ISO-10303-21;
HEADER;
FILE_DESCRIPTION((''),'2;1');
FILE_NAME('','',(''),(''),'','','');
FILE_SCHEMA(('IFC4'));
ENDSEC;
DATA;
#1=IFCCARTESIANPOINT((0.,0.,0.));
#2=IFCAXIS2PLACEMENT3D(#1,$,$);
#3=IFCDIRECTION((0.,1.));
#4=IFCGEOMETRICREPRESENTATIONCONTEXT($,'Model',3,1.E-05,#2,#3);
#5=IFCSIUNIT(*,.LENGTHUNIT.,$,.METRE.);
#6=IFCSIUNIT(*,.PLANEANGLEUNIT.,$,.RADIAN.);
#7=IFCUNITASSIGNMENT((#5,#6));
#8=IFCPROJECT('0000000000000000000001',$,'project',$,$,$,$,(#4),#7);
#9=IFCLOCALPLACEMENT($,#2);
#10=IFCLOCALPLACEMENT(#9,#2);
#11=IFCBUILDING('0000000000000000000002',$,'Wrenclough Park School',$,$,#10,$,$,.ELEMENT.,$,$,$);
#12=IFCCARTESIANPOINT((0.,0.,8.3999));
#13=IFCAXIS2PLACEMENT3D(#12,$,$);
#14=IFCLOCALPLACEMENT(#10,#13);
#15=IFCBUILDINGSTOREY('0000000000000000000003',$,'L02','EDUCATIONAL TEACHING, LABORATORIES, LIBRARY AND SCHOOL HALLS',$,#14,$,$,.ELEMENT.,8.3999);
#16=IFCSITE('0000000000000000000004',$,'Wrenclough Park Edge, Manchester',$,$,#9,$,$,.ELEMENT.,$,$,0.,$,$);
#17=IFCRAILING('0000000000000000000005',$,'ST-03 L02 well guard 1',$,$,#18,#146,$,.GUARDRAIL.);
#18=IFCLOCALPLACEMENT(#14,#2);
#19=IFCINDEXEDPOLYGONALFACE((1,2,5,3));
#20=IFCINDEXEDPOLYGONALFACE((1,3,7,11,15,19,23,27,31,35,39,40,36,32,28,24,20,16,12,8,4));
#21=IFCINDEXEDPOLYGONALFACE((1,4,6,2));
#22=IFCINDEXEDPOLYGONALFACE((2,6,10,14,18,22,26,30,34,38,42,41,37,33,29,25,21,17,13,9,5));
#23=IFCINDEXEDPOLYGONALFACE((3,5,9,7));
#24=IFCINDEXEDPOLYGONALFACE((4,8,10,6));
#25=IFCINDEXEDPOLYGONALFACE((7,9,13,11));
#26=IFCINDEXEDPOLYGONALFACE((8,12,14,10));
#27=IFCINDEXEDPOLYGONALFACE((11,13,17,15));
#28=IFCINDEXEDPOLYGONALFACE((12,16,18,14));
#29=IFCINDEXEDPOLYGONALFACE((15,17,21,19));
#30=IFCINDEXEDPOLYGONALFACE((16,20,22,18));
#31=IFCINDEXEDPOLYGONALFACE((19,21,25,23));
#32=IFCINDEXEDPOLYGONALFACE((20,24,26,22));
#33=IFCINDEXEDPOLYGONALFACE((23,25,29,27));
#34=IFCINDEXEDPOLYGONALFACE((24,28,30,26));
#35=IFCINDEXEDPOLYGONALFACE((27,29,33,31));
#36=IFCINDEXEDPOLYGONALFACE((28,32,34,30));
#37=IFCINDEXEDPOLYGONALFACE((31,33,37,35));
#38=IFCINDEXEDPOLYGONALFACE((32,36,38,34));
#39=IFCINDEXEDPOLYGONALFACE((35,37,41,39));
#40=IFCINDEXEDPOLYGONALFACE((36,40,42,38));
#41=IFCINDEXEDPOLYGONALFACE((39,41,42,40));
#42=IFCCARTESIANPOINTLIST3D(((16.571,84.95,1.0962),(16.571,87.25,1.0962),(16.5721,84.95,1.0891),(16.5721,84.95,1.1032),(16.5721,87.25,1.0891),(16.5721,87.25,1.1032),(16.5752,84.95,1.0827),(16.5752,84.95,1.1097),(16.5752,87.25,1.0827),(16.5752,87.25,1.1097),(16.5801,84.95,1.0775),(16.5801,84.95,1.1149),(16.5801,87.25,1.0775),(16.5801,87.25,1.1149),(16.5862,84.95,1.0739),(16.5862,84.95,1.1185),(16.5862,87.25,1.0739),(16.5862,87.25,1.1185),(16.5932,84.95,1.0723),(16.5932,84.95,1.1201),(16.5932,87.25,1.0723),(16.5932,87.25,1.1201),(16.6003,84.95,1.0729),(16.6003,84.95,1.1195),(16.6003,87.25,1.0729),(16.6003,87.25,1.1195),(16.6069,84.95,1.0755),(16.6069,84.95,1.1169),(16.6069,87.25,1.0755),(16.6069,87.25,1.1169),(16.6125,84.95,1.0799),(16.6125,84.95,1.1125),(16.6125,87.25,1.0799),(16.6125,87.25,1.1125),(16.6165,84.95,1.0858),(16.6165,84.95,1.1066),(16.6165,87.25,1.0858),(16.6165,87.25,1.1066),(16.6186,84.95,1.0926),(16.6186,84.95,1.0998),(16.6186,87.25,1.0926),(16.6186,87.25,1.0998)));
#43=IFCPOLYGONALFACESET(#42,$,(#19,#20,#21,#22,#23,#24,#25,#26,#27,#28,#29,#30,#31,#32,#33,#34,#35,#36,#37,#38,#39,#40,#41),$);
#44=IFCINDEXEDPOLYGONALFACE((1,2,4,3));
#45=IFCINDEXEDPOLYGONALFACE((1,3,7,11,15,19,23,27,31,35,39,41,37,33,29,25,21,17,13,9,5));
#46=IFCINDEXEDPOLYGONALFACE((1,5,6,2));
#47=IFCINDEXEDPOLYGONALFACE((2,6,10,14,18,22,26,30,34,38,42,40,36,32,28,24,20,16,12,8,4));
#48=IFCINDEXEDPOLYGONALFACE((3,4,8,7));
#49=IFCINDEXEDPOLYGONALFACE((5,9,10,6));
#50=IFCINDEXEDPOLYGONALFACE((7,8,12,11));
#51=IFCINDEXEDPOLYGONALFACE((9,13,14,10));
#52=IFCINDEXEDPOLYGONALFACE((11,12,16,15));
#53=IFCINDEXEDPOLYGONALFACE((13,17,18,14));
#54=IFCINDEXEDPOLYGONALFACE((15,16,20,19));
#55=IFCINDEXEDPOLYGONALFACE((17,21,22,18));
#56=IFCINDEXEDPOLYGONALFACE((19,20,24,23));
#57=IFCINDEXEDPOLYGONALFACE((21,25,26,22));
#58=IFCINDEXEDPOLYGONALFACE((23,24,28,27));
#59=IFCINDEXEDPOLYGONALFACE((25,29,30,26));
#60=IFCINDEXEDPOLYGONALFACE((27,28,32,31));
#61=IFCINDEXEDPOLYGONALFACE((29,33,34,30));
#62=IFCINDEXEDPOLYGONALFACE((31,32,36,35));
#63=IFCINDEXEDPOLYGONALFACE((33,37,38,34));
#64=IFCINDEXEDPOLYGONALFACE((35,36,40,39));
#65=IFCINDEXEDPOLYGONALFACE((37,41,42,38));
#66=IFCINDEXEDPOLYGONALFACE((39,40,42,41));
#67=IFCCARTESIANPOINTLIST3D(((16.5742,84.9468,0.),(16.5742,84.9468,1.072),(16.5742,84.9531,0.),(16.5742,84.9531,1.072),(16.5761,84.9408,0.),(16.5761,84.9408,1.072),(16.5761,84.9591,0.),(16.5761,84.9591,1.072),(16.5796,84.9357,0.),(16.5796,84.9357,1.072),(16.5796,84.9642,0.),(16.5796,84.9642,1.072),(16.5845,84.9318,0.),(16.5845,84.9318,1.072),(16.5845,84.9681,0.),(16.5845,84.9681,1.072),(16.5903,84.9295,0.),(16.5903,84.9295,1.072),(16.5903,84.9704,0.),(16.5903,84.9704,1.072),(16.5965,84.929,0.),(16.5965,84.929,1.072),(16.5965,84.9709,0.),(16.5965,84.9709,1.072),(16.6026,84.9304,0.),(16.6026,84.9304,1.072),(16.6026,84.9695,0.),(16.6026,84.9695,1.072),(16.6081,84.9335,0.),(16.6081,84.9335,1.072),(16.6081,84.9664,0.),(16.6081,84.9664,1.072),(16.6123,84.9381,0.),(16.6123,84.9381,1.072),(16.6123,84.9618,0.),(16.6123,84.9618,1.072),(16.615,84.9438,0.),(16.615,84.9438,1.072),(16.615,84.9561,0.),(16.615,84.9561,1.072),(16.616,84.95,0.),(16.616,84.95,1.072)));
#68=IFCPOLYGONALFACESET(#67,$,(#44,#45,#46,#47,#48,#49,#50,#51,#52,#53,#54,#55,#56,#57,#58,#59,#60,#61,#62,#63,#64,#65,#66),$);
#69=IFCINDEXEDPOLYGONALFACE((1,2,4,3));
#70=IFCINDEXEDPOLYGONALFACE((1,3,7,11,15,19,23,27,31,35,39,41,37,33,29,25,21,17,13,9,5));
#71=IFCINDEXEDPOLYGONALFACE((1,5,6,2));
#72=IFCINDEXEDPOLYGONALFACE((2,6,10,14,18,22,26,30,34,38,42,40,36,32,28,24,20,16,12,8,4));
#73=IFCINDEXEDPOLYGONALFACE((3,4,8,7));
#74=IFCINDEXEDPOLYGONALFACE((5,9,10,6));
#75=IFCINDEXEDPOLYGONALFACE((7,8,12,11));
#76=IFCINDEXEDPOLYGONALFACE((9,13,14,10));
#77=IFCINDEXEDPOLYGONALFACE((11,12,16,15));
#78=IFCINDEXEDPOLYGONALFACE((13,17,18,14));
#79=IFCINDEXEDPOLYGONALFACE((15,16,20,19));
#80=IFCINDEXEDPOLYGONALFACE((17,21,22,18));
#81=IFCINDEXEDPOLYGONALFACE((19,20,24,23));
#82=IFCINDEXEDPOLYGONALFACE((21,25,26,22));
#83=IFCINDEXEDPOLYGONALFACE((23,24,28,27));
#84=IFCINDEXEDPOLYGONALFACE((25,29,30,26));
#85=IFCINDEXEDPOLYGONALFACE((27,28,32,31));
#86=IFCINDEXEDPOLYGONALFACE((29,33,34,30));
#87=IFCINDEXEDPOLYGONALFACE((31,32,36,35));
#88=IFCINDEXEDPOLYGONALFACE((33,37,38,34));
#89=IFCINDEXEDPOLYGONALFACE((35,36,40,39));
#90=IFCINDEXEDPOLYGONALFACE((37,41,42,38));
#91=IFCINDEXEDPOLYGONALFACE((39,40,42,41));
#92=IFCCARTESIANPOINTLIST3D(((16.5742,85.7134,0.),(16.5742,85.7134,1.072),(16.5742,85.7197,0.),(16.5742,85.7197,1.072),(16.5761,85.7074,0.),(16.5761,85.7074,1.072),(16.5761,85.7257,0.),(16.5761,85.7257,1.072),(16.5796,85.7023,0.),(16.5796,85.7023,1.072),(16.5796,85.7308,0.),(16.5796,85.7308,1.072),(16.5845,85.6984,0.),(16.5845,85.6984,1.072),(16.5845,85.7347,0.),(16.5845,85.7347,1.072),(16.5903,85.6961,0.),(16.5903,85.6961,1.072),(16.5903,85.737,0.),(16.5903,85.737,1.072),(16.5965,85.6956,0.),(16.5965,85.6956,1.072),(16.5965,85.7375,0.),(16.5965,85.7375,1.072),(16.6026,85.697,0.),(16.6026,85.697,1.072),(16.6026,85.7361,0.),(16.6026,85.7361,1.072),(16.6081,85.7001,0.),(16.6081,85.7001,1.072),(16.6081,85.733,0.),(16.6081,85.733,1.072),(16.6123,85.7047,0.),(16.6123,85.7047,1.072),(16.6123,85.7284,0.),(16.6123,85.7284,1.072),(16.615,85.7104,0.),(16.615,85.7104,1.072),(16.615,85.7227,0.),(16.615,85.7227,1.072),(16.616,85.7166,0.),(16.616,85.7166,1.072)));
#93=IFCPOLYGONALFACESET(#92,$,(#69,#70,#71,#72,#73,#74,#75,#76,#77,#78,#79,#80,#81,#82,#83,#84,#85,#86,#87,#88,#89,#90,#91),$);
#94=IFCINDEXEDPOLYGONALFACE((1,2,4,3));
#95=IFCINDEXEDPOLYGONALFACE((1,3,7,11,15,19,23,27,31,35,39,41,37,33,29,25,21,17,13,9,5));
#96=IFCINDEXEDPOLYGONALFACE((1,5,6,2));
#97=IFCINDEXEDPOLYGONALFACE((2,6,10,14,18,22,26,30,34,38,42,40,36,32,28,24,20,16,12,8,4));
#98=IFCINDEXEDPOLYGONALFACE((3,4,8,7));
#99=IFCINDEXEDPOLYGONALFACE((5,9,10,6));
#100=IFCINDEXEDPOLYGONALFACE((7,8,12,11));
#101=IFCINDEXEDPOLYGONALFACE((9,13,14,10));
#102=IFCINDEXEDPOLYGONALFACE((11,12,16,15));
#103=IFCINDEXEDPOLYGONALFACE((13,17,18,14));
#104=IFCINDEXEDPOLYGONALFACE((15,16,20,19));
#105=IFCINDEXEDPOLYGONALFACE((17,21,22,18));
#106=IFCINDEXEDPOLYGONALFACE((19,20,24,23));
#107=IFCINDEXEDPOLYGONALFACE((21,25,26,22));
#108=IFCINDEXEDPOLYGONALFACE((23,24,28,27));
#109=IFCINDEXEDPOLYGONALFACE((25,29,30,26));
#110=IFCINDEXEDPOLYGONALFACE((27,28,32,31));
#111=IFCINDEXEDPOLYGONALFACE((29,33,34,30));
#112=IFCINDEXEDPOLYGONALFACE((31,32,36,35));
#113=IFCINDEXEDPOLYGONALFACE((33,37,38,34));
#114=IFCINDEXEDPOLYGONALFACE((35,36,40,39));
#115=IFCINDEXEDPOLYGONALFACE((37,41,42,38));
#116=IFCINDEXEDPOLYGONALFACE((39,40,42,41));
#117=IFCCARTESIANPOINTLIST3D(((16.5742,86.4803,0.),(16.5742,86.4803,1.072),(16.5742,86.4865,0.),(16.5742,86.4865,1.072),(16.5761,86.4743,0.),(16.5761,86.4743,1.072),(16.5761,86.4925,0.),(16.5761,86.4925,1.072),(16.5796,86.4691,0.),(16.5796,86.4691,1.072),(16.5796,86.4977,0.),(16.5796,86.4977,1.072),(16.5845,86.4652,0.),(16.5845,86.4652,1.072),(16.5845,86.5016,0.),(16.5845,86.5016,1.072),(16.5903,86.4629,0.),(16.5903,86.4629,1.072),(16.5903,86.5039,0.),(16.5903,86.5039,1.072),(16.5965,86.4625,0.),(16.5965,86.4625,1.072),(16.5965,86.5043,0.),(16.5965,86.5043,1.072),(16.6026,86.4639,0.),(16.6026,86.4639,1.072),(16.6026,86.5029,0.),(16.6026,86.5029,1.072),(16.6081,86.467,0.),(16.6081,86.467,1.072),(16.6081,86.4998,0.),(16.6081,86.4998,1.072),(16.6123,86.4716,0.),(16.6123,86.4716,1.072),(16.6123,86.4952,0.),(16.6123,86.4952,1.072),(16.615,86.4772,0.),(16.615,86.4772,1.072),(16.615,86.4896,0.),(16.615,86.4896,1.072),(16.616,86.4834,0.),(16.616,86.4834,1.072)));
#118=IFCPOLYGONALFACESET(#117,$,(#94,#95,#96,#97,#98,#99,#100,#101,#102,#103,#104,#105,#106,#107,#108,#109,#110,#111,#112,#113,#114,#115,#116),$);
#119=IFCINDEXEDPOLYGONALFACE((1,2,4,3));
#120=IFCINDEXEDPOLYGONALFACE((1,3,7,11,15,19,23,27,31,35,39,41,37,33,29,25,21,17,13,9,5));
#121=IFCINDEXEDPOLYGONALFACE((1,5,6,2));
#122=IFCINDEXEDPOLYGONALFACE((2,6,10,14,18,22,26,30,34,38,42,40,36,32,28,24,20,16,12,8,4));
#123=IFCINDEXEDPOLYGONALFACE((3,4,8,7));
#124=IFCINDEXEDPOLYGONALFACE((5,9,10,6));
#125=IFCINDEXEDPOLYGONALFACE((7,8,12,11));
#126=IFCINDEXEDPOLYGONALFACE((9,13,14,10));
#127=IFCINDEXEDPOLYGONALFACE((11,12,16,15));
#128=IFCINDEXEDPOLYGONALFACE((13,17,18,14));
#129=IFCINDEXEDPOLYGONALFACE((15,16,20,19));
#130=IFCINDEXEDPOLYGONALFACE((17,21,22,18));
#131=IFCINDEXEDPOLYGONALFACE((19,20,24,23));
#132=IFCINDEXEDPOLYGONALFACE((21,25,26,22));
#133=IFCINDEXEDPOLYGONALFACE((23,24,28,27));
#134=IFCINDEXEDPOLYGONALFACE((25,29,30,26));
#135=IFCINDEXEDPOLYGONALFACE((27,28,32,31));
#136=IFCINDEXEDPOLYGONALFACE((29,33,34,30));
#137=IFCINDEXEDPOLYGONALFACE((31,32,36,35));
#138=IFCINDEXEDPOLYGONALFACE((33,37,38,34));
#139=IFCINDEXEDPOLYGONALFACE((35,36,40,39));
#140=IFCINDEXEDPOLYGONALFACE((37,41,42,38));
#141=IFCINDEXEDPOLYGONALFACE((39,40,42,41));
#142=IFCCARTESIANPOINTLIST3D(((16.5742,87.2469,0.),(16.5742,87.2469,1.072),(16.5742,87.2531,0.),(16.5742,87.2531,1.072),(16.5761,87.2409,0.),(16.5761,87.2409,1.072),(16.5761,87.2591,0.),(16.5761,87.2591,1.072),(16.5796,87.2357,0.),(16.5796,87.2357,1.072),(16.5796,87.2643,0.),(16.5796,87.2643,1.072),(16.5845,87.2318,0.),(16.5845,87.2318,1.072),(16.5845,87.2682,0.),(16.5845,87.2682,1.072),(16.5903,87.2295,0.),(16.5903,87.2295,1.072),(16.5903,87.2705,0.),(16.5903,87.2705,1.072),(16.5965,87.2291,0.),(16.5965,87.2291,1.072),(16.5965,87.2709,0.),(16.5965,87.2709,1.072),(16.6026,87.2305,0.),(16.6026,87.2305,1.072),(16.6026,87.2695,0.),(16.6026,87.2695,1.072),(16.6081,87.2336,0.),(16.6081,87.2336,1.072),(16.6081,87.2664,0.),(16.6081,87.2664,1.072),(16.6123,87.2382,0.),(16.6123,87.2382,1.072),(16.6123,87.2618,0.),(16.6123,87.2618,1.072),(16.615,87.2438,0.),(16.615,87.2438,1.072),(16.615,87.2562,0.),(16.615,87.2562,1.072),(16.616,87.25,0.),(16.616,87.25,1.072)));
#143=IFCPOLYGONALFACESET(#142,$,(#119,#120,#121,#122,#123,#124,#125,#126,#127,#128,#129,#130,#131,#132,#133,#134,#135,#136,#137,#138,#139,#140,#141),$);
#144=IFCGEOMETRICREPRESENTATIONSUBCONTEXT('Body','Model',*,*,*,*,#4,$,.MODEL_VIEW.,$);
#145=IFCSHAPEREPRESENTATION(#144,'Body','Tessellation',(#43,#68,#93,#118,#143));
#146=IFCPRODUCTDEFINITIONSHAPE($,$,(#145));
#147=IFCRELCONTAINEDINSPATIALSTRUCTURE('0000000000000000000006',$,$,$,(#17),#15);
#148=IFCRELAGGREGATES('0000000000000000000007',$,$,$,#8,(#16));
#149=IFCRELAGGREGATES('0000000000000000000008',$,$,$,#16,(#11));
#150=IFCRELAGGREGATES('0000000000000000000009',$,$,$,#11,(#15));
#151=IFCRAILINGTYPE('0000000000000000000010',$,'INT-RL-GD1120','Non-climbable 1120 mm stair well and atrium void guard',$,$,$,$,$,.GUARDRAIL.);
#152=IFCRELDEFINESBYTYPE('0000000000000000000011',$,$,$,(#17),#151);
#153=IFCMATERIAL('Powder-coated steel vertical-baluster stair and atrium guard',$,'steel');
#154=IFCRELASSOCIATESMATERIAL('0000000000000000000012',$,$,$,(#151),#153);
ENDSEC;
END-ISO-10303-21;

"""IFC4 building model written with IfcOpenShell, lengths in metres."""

from ifc_helpers import new_model, si_unit, direction, frame, origin, origin_2d, place, context, subcontext, project, spatial, circle, extrude, material, type_object, element, save


model = new_model("IFC4")

# Units and contexts
model_context = context("Model", 3, precision=1e-05, world=origin(), true_north=direction((0.0, 1.0)))
body_context = subcontext(model_context, "Body", "Model", "MODEL_VIEW")
ifc_project = project(units=[si_unit("LENGTHUNIT", "METRE"), si_unit("PLANEANGLEUNIT", "RADIAN")], contexts=[model_context])

# Site, building, storey
site_placement = place(None, origin())
site = spatial("IfcSite", under=ifc_project, at=site_placement, Name="Wrenclough Park Edge, Manchester", CompositionType="ELEMENT", RefElevation=0.0)
building_placement = place(site_placement, origin())
building = spatial("IfcBuilding", under=site, at=building_placement, Name="Wrenclough Park School", CompositionType="ELEMENT")
storey_placement = place(building_placement, frame((0.0, 0.0, 8.3999)))
storey = spatial("IfcBuildingStorey", under=building, at=storey_placement, Name="L02", Description="EDUCATIONAL TEACHING, LABORATORIES, LIBRARY AND SCHOOL HALLS", CompositionType="ELEMENT", Elevation=8.3999)

# Railing
ifc_material_1 = material(Name="Powder-coated steel vertical-baluster stair and atrium guard", Category="steel")
railing_type_1 = type_object("IfcRailingType", Name="INT-RL-GD1120", Description="Non-climbable 1120 mm stair well and atrium void guard", PredefinedType="GUARDRAIL", material=ifc_material_1)
railing_1_placement = place(storey_placement, frame((16.595, 84.95, 0.0)))
element("IfcRailing", 1, at=railing_1_placement, inside=storey, type_object=railing_type_1, Name="ST-03 L02 well guard 1", PredefinedType="GUARDRAIL", context=body_context, shape_type="SweptSolid", body=[
    extrude(circle(Radius=0.0239, at=origin_2d()), frame((0.0, 0.0, 1.0962), z_axis=(0.0, 1.0, 0.0), x_axis=(-1.0, 0.0, 0.0)), (0.0, 0.0, 1.0), 2.3),
    extrude(circle(Radius=0.021, at=origin_2d()), origin(), (0.0, 0.0, 1.0), 1.072),
    extrude(circle(Radius=0.021, at=origin_2d()), frame((0.0, 0.7666, 0.0)), (0.0, 0.0, 1.0), 1.072),
    extrude(circle(Radius=0.021, at=origin_2d()), frame((0.0, 1.5334, 0.0)), (0.0, 0.0, 1.0), 1.072),
    extrude(circle(Radius=0.021, at=origin_2d()), frame((0.0, 2.3, 0.0)), (0.0, 0.0, 1.0), 1.072),
])

save(model, "model.ifc")
